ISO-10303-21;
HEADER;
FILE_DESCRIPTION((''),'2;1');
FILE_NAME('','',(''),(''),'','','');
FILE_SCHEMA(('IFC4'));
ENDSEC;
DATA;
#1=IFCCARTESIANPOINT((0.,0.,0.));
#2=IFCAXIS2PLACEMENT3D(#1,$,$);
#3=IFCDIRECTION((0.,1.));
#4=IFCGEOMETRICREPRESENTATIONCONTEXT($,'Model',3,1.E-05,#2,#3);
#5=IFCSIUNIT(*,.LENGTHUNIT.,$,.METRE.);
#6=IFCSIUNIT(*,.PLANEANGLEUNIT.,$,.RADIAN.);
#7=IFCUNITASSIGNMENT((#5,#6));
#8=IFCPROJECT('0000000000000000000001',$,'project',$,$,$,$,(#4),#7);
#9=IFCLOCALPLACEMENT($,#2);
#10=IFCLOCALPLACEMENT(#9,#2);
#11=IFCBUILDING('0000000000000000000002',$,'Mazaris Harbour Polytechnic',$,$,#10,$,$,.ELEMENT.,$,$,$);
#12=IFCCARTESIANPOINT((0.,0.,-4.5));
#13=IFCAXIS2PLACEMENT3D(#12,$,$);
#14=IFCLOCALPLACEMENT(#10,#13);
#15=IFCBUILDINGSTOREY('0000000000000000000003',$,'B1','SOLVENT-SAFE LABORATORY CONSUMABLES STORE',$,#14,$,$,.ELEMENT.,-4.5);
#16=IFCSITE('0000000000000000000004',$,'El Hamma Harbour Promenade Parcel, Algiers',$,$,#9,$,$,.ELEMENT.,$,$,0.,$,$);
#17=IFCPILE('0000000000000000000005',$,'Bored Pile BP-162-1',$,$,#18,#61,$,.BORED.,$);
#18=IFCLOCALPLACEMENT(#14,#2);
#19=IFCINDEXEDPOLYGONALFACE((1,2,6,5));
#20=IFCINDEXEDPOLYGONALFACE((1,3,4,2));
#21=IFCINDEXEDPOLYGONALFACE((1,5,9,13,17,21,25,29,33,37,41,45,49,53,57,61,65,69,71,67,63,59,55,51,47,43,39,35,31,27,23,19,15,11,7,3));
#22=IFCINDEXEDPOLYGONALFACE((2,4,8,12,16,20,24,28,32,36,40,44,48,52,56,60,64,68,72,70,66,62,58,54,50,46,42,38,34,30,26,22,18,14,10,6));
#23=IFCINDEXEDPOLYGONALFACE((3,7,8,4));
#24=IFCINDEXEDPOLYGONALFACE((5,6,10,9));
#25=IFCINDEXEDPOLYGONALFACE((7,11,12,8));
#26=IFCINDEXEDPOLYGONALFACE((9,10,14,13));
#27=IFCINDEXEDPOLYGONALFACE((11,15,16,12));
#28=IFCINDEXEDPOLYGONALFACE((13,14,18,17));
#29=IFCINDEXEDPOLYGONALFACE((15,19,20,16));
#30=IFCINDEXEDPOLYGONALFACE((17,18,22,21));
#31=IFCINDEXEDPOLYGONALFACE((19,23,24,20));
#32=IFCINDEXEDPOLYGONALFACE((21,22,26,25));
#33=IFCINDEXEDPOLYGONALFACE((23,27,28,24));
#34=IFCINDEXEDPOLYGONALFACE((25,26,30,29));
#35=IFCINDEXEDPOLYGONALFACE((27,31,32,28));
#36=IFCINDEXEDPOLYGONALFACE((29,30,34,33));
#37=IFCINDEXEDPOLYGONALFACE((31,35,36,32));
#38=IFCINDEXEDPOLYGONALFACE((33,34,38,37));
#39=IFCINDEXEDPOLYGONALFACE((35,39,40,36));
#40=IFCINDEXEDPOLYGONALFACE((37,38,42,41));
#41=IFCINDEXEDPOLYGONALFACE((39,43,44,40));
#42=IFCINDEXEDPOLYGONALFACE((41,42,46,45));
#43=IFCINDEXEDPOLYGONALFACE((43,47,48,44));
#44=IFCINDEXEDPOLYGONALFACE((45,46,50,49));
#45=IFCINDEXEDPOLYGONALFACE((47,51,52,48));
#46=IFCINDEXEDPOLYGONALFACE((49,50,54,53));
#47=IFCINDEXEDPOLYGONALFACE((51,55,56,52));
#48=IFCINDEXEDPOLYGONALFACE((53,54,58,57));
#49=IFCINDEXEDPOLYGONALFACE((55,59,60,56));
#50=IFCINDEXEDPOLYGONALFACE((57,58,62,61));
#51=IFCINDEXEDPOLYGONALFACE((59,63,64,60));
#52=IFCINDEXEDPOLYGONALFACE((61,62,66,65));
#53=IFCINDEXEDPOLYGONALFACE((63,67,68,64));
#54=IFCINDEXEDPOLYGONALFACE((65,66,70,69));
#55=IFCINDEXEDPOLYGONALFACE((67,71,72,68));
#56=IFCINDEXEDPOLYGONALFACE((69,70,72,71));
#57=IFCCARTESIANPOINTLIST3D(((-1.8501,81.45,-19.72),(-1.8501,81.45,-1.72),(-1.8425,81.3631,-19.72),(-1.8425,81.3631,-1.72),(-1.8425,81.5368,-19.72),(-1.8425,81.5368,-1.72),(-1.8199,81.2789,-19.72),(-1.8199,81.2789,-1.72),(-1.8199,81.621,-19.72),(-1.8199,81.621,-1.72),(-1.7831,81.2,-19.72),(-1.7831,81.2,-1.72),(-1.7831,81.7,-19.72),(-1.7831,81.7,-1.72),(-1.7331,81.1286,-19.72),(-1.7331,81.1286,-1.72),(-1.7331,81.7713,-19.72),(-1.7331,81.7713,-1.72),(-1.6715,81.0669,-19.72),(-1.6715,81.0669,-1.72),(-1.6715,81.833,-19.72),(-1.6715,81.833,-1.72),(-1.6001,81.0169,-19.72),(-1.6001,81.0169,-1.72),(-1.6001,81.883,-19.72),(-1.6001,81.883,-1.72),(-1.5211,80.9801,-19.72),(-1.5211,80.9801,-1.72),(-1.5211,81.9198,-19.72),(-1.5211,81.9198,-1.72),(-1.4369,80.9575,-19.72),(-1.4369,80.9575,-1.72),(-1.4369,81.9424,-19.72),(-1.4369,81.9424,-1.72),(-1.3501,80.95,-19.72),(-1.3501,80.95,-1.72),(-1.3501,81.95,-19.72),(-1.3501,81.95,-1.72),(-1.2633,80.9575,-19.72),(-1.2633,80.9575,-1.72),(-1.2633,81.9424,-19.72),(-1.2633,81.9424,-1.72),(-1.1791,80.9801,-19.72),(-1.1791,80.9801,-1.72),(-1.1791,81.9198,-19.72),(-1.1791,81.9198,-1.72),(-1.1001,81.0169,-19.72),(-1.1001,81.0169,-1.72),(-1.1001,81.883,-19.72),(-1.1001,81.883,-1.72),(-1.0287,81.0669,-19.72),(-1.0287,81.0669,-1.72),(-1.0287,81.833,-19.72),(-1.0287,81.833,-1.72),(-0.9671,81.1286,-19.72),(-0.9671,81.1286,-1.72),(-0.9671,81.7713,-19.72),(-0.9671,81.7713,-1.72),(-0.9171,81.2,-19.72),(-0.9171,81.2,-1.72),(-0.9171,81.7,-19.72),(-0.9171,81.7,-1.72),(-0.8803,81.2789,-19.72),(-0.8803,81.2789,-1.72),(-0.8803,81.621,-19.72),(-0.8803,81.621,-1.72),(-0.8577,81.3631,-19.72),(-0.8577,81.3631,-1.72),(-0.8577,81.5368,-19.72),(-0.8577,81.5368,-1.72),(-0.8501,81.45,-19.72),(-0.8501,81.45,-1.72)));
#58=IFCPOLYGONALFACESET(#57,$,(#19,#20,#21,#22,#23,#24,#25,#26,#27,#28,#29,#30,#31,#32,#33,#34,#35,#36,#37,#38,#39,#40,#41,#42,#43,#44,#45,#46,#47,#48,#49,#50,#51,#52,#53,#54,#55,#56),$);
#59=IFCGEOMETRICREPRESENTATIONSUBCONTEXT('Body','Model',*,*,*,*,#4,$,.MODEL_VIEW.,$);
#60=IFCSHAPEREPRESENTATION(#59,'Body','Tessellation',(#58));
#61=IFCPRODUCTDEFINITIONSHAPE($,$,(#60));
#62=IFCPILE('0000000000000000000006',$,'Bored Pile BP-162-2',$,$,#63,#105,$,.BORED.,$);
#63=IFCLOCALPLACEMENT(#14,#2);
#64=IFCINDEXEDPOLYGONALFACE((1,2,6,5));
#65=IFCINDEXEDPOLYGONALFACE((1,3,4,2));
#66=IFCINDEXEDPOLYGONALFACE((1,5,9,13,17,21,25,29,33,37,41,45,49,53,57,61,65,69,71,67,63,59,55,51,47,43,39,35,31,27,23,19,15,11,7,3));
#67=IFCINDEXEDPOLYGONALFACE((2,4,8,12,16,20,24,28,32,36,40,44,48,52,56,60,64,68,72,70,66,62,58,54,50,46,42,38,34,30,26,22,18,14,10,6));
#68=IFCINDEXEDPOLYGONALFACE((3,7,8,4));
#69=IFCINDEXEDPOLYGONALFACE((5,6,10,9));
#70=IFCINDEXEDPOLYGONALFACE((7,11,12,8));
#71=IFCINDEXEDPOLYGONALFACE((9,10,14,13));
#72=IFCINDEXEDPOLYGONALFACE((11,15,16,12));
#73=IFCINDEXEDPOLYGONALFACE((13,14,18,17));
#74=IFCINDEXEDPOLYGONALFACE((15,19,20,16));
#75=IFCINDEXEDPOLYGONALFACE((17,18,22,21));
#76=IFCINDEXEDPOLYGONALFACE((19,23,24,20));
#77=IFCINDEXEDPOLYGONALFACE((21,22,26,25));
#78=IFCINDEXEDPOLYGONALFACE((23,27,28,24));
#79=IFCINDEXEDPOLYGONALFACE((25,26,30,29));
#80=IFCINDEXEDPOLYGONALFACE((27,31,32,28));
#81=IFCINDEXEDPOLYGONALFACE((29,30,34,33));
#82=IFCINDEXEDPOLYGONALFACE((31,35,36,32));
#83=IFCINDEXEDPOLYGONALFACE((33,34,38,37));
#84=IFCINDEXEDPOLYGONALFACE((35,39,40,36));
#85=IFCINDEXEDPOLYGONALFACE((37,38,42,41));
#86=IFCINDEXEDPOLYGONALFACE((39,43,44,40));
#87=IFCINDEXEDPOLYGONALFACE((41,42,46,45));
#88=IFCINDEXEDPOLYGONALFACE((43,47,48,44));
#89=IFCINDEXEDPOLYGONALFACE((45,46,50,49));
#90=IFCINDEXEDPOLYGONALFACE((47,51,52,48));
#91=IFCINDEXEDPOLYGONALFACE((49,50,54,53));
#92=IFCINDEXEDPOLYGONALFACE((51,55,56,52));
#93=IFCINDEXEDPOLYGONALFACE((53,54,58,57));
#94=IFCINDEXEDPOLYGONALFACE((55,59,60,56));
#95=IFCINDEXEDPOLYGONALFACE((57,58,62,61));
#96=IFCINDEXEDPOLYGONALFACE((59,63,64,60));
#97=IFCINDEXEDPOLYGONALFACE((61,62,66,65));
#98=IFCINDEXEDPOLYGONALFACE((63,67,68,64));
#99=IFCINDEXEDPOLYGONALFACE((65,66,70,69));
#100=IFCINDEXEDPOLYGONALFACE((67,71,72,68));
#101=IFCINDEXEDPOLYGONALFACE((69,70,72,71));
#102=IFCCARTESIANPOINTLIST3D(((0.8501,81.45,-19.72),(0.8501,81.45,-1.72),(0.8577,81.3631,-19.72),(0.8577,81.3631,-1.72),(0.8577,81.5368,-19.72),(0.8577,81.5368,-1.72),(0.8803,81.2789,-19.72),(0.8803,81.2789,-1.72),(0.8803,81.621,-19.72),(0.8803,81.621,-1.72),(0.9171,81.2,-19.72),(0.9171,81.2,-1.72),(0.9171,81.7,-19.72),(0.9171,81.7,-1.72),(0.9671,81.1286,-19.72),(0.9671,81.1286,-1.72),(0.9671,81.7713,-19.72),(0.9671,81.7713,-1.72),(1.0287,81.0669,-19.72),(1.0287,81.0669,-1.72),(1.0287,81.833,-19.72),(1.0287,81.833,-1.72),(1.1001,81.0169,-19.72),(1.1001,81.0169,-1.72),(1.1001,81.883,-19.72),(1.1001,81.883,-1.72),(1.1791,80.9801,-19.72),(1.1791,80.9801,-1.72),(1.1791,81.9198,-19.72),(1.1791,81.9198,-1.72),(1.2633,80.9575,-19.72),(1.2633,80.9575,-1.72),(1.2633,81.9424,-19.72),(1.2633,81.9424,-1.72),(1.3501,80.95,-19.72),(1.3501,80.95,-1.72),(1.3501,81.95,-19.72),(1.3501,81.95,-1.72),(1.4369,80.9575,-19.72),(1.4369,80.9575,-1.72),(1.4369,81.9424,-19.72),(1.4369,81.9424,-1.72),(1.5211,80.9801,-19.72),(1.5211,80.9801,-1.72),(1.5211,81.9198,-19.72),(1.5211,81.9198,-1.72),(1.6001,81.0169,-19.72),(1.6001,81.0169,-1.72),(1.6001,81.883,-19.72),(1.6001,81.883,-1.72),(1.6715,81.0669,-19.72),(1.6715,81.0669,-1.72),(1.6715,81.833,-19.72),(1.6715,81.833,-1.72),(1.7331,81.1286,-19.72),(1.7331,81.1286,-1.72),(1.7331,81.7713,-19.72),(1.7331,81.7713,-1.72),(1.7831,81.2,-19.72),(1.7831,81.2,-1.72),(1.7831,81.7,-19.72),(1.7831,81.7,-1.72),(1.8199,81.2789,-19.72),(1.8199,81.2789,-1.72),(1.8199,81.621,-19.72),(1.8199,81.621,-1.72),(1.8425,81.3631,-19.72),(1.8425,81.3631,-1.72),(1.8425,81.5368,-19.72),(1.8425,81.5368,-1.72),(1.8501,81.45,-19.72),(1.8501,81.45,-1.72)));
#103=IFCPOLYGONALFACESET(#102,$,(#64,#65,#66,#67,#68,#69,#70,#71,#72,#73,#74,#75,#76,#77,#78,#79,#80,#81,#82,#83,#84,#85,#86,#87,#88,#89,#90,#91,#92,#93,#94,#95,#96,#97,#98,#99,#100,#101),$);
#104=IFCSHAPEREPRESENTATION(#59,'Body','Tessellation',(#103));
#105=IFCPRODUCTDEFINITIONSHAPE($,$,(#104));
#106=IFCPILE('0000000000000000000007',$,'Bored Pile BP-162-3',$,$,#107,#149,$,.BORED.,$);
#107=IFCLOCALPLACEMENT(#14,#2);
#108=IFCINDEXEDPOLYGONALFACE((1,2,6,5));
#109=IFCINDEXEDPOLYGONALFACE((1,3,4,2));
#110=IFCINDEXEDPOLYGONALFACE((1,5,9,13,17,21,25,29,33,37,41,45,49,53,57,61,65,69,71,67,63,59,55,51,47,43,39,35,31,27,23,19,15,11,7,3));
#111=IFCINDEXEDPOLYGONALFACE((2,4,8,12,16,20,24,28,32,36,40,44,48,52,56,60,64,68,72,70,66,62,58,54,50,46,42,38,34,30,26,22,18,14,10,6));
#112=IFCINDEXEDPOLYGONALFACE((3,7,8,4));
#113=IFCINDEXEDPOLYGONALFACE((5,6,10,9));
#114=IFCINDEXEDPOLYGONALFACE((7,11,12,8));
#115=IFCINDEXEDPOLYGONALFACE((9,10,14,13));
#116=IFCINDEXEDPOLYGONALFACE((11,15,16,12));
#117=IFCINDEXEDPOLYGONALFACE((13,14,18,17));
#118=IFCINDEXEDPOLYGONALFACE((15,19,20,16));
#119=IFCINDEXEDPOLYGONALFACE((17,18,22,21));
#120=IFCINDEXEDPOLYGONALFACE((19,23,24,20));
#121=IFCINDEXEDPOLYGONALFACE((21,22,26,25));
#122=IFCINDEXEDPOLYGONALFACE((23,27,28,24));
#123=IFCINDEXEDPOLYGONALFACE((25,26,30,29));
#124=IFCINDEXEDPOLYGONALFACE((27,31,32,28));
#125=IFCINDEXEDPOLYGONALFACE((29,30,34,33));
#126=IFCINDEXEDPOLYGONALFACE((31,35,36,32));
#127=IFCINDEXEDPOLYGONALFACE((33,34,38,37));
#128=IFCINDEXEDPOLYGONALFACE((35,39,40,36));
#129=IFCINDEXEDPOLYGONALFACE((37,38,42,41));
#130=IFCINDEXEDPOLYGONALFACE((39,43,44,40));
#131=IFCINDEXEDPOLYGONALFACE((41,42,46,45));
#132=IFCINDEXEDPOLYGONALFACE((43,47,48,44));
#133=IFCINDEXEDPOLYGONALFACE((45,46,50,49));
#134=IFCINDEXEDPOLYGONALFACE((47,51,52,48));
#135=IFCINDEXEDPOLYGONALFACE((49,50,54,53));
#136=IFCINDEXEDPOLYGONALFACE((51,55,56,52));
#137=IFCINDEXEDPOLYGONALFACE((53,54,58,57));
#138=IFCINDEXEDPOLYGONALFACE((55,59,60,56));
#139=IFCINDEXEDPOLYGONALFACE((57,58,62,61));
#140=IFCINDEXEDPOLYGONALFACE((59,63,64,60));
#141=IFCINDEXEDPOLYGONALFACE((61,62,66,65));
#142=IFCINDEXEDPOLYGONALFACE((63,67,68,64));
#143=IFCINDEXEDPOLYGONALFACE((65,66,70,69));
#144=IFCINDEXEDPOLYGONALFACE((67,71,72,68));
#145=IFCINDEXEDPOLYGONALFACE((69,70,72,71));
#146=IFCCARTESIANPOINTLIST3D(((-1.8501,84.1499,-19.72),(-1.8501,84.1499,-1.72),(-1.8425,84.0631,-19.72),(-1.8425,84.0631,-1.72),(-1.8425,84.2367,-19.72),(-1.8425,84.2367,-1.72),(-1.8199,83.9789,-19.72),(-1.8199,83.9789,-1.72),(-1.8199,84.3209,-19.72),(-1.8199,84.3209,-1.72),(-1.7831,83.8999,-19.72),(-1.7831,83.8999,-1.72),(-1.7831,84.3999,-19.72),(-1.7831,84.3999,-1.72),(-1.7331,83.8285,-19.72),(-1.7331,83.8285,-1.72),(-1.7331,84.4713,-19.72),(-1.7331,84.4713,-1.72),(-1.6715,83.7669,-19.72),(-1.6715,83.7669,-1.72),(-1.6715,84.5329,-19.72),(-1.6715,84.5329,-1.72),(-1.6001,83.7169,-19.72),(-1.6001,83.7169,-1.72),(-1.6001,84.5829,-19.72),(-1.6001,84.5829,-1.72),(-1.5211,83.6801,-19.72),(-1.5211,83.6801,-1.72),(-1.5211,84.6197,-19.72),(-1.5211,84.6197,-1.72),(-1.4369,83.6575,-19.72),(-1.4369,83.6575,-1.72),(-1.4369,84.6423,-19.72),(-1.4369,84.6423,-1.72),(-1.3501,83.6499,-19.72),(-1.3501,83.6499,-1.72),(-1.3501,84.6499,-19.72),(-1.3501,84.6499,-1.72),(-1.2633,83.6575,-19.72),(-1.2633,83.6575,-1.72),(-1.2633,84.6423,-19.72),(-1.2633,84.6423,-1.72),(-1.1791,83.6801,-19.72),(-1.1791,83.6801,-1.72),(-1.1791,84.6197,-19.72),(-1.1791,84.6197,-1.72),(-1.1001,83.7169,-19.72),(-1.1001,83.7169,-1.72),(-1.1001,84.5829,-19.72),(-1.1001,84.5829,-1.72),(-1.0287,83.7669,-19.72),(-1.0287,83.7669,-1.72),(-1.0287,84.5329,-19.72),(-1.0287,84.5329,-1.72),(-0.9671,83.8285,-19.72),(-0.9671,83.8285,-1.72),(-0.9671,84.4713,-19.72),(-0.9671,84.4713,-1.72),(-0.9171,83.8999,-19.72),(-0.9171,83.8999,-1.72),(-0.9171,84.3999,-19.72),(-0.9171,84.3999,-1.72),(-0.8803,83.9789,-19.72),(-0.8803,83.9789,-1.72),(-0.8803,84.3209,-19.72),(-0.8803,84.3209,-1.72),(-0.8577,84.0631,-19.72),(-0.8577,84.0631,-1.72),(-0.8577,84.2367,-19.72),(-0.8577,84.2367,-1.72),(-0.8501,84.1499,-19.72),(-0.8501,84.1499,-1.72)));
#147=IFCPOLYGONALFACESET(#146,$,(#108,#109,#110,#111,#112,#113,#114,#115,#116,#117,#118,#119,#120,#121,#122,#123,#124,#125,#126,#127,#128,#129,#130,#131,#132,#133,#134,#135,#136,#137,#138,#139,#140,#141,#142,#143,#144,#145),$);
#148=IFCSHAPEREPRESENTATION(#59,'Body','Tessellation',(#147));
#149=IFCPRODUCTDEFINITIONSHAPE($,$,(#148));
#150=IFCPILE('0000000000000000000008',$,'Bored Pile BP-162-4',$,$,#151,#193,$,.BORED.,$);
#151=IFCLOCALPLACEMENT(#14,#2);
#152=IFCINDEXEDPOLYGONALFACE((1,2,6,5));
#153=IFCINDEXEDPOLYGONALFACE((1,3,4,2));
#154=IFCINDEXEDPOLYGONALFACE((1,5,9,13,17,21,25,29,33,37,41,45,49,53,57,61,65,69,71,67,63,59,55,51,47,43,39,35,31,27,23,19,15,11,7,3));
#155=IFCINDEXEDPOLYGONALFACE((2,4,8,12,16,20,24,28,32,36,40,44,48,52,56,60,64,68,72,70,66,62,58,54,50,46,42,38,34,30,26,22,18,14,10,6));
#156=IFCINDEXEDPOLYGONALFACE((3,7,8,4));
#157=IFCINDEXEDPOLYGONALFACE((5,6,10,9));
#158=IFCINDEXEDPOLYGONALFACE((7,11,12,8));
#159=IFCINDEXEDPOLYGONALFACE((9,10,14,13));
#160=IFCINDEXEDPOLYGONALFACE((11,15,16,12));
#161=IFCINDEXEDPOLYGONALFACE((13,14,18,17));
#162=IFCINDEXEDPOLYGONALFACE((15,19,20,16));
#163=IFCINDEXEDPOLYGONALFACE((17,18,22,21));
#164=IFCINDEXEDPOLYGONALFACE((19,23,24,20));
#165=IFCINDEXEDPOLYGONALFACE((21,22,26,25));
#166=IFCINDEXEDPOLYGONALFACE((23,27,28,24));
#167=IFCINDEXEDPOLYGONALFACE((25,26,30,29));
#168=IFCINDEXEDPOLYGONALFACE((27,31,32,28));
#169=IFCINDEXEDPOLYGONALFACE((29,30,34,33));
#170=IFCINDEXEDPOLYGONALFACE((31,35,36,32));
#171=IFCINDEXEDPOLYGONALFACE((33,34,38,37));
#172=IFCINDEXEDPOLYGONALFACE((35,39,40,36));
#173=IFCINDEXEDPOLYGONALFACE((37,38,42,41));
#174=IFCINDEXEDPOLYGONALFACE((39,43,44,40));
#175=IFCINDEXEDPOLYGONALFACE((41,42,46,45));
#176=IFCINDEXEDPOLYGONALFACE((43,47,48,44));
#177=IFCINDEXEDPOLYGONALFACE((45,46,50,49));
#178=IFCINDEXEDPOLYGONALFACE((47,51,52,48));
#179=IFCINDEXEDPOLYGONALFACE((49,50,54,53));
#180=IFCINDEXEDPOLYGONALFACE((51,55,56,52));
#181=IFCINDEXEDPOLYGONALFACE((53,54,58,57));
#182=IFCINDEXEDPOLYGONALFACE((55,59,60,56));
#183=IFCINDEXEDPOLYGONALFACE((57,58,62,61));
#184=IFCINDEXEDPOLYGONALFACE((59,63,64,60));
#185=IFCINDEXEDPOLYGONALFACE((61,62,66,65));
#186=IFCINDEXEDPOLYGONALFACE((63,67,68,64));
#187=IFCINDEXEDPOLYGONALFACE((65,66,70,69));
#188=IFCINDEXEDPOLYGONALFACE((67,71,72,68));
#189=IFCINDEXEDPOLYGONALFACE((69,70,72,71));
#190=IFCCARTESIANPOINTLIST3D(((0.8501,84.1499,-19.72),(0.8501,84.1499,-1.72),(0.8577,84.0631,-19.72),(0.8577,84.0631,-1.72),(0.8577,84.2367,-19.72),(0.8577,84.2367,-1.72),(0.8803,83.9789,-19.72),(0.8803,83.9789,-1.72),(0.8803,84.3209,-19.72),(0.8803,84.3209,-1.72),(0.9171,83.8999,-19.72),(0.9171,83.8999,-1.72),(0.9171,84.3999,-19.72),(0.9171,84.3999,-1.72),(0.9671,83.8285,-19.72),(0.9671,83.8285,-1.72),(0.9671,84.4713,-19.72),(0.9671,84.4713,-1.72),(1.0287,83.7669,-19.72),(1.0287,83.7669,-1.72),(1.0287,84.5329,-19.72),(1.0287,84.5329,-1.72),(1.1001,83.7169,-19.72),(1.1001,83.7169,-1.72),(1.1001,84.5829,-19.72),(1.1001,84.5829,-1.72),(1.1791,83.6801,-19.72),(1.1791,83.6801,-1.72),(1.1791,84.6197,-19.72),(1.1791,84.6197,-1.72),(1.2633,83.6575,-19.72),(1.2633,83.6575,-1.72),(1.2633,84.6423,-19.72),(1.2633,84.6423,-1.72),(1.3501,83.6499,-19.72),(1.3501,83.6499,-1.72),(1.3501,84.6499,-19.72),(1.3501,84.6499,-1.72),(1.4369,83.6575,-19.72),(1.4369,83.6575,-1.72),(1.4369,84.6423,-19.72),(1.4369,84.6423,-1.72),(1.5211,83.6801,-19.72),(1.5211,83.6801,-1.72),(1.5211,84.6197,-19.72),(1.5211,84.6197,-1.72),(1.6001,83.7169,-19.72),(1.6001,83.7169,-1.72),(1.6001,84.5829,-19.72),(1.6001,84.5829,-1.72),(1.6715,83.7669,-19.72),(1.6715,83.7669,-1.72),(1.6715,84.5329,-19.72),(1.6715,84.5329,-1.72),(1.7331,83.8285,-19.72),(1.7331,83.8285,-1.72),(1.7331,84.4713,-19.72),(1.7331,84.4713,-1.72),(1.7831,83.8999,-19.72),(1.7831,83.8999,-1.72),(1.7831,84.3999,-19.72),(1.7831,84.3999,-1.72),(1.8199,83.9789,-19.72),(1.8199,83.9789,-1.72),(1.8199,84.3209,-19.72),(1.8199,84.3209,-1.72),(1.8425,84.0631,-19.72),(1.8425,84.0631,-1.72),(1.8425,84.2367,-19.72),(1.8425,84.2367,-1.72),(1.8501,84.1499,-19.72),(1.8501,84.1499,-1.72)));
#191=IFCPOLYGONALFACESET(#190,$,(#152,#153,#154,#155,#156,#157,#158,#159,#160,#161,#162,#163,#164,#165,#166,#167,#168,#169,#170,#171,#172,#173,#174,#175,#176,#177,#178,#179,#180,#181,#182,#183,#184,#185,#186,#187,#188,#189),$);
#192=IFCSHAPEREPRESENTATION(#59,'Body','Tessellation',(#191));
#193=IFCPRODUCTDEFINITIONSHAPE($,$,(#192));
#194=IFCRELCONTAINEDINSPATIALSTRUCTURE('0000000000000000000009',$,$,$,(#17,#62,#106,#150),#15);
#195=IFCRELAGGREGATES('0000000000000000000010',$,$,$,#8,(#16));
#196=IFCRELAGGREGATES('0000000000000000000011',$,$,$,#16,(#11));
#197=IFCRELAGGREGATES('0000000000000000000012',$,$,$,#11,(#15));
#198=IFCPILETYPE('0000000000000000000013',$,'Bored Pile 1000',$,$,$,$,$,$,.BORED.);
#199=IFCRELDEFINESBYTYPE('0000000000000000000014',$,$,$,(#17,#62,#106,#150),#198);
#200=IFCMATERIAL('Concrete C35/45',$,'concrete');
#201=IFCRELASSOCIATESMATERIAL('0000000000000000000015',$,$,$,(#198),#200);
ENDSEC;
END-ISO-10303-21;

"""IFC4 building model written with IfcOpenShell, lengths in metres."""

from ifc_helpers import new_model, si_unit, direction, frame, origin, origin_2d, place, context, subcontext, project, spatial, circle, extrude, material, material_profile, profile_set, type_object, element, save


model = new_model("IFC4")

# Units and contexts
model_context = context("Model", 3, precision=1e-05, world=origin(), true_north=direction((0.0, 1.0)))
body_context = subcontext(model_context, "Body", "Model", "MODEL_VIEW")
ifc_project = project(units=[si_unit("LENGTHUNIT", "METRE"), si_unit("PLANEANGLEUNIT", "RADIAN")], contexts=[model_context])

# Site, building, storey
site_placement = place(None, origin())
site = spatial("IfcSite", under=ifc_project, at=site_placement, Name="El Hamma Harbour Promenade Parcel, Algiers", CompositionType="ELEMENT", RefElevation=0.0)
building_placement = place(site_placement, origin())
building = spatial("IfcBuilding", under=site, at=building_placement, Name="Mazaris Harbour Polytechnic", CompositionType="ELEMENT")
storey_placement = place(building_placement, frame((0.0, 0.0, -4.5)))
storey = spatial("IfcBuildingStorey", under=building, at=storey_placement, Name="B1", Description="SOLVENT-SAFE LABORATORY CONSUMABLES STORE", CompositionType="ELEMENT", Elevation=-4.5)

# Piles
ifc_material_1 = material(Name="Concrete C35/45", Category="concrete")
ifc_material_profile_1 = material_profile(ifc_material_1, circle(Radius=0.5, at=origin_2d()), Name="DIA1000")
ifc_profile_set_1 = profile_set([ifc_material_profile_1], Name="Concrete C35/45")
pile_type_1 = type_object("IfcPileType", Name="Bored Pile 1000", PredefinedType="BORED", material=ifc_profile_set_1)
for number, where, z_axis, x_axis, name in (
    (1, (-1.3501, 81.45, -1.72), (0.0, 0.0, -1.0), (1.0, 0.0, 0.0), "Bored Pile BP-162-1"),
    (2, (1.3501, 81.45, -1.72), (0.0, 0.0, -1.0), (1.0, 0.0, 0.0), "Bored Pile BP-162-2"),
    (3, (-1.3501, 84.1499, -1.72), (0.0, 0.0, -1.0), (1.0, 0.0, 0.0), "Bored Pile BP-162-3"),
    (4, (1.3501, 84.1499, -1.72), (0.0, 0.0, -1.0), (1.0, 0.0, 0.0), "Bored Pile BP-162-4"),
):
    element("IfcPile", number, at=place(storey_placement, frame(where, z_axis=z_axis, x_axis=x_axis)), inside=storey, type_object=pile_type_1, Name=name, PredefinedType="BORED", context=body_context, shape_type="SweptSolid", body=[
        extrude(circle(Radius=0.5, at=origin_2d()), origin(), (0.0, 0.0, 1.0), 18.0),
    ])

save(model, "model.ifc")
